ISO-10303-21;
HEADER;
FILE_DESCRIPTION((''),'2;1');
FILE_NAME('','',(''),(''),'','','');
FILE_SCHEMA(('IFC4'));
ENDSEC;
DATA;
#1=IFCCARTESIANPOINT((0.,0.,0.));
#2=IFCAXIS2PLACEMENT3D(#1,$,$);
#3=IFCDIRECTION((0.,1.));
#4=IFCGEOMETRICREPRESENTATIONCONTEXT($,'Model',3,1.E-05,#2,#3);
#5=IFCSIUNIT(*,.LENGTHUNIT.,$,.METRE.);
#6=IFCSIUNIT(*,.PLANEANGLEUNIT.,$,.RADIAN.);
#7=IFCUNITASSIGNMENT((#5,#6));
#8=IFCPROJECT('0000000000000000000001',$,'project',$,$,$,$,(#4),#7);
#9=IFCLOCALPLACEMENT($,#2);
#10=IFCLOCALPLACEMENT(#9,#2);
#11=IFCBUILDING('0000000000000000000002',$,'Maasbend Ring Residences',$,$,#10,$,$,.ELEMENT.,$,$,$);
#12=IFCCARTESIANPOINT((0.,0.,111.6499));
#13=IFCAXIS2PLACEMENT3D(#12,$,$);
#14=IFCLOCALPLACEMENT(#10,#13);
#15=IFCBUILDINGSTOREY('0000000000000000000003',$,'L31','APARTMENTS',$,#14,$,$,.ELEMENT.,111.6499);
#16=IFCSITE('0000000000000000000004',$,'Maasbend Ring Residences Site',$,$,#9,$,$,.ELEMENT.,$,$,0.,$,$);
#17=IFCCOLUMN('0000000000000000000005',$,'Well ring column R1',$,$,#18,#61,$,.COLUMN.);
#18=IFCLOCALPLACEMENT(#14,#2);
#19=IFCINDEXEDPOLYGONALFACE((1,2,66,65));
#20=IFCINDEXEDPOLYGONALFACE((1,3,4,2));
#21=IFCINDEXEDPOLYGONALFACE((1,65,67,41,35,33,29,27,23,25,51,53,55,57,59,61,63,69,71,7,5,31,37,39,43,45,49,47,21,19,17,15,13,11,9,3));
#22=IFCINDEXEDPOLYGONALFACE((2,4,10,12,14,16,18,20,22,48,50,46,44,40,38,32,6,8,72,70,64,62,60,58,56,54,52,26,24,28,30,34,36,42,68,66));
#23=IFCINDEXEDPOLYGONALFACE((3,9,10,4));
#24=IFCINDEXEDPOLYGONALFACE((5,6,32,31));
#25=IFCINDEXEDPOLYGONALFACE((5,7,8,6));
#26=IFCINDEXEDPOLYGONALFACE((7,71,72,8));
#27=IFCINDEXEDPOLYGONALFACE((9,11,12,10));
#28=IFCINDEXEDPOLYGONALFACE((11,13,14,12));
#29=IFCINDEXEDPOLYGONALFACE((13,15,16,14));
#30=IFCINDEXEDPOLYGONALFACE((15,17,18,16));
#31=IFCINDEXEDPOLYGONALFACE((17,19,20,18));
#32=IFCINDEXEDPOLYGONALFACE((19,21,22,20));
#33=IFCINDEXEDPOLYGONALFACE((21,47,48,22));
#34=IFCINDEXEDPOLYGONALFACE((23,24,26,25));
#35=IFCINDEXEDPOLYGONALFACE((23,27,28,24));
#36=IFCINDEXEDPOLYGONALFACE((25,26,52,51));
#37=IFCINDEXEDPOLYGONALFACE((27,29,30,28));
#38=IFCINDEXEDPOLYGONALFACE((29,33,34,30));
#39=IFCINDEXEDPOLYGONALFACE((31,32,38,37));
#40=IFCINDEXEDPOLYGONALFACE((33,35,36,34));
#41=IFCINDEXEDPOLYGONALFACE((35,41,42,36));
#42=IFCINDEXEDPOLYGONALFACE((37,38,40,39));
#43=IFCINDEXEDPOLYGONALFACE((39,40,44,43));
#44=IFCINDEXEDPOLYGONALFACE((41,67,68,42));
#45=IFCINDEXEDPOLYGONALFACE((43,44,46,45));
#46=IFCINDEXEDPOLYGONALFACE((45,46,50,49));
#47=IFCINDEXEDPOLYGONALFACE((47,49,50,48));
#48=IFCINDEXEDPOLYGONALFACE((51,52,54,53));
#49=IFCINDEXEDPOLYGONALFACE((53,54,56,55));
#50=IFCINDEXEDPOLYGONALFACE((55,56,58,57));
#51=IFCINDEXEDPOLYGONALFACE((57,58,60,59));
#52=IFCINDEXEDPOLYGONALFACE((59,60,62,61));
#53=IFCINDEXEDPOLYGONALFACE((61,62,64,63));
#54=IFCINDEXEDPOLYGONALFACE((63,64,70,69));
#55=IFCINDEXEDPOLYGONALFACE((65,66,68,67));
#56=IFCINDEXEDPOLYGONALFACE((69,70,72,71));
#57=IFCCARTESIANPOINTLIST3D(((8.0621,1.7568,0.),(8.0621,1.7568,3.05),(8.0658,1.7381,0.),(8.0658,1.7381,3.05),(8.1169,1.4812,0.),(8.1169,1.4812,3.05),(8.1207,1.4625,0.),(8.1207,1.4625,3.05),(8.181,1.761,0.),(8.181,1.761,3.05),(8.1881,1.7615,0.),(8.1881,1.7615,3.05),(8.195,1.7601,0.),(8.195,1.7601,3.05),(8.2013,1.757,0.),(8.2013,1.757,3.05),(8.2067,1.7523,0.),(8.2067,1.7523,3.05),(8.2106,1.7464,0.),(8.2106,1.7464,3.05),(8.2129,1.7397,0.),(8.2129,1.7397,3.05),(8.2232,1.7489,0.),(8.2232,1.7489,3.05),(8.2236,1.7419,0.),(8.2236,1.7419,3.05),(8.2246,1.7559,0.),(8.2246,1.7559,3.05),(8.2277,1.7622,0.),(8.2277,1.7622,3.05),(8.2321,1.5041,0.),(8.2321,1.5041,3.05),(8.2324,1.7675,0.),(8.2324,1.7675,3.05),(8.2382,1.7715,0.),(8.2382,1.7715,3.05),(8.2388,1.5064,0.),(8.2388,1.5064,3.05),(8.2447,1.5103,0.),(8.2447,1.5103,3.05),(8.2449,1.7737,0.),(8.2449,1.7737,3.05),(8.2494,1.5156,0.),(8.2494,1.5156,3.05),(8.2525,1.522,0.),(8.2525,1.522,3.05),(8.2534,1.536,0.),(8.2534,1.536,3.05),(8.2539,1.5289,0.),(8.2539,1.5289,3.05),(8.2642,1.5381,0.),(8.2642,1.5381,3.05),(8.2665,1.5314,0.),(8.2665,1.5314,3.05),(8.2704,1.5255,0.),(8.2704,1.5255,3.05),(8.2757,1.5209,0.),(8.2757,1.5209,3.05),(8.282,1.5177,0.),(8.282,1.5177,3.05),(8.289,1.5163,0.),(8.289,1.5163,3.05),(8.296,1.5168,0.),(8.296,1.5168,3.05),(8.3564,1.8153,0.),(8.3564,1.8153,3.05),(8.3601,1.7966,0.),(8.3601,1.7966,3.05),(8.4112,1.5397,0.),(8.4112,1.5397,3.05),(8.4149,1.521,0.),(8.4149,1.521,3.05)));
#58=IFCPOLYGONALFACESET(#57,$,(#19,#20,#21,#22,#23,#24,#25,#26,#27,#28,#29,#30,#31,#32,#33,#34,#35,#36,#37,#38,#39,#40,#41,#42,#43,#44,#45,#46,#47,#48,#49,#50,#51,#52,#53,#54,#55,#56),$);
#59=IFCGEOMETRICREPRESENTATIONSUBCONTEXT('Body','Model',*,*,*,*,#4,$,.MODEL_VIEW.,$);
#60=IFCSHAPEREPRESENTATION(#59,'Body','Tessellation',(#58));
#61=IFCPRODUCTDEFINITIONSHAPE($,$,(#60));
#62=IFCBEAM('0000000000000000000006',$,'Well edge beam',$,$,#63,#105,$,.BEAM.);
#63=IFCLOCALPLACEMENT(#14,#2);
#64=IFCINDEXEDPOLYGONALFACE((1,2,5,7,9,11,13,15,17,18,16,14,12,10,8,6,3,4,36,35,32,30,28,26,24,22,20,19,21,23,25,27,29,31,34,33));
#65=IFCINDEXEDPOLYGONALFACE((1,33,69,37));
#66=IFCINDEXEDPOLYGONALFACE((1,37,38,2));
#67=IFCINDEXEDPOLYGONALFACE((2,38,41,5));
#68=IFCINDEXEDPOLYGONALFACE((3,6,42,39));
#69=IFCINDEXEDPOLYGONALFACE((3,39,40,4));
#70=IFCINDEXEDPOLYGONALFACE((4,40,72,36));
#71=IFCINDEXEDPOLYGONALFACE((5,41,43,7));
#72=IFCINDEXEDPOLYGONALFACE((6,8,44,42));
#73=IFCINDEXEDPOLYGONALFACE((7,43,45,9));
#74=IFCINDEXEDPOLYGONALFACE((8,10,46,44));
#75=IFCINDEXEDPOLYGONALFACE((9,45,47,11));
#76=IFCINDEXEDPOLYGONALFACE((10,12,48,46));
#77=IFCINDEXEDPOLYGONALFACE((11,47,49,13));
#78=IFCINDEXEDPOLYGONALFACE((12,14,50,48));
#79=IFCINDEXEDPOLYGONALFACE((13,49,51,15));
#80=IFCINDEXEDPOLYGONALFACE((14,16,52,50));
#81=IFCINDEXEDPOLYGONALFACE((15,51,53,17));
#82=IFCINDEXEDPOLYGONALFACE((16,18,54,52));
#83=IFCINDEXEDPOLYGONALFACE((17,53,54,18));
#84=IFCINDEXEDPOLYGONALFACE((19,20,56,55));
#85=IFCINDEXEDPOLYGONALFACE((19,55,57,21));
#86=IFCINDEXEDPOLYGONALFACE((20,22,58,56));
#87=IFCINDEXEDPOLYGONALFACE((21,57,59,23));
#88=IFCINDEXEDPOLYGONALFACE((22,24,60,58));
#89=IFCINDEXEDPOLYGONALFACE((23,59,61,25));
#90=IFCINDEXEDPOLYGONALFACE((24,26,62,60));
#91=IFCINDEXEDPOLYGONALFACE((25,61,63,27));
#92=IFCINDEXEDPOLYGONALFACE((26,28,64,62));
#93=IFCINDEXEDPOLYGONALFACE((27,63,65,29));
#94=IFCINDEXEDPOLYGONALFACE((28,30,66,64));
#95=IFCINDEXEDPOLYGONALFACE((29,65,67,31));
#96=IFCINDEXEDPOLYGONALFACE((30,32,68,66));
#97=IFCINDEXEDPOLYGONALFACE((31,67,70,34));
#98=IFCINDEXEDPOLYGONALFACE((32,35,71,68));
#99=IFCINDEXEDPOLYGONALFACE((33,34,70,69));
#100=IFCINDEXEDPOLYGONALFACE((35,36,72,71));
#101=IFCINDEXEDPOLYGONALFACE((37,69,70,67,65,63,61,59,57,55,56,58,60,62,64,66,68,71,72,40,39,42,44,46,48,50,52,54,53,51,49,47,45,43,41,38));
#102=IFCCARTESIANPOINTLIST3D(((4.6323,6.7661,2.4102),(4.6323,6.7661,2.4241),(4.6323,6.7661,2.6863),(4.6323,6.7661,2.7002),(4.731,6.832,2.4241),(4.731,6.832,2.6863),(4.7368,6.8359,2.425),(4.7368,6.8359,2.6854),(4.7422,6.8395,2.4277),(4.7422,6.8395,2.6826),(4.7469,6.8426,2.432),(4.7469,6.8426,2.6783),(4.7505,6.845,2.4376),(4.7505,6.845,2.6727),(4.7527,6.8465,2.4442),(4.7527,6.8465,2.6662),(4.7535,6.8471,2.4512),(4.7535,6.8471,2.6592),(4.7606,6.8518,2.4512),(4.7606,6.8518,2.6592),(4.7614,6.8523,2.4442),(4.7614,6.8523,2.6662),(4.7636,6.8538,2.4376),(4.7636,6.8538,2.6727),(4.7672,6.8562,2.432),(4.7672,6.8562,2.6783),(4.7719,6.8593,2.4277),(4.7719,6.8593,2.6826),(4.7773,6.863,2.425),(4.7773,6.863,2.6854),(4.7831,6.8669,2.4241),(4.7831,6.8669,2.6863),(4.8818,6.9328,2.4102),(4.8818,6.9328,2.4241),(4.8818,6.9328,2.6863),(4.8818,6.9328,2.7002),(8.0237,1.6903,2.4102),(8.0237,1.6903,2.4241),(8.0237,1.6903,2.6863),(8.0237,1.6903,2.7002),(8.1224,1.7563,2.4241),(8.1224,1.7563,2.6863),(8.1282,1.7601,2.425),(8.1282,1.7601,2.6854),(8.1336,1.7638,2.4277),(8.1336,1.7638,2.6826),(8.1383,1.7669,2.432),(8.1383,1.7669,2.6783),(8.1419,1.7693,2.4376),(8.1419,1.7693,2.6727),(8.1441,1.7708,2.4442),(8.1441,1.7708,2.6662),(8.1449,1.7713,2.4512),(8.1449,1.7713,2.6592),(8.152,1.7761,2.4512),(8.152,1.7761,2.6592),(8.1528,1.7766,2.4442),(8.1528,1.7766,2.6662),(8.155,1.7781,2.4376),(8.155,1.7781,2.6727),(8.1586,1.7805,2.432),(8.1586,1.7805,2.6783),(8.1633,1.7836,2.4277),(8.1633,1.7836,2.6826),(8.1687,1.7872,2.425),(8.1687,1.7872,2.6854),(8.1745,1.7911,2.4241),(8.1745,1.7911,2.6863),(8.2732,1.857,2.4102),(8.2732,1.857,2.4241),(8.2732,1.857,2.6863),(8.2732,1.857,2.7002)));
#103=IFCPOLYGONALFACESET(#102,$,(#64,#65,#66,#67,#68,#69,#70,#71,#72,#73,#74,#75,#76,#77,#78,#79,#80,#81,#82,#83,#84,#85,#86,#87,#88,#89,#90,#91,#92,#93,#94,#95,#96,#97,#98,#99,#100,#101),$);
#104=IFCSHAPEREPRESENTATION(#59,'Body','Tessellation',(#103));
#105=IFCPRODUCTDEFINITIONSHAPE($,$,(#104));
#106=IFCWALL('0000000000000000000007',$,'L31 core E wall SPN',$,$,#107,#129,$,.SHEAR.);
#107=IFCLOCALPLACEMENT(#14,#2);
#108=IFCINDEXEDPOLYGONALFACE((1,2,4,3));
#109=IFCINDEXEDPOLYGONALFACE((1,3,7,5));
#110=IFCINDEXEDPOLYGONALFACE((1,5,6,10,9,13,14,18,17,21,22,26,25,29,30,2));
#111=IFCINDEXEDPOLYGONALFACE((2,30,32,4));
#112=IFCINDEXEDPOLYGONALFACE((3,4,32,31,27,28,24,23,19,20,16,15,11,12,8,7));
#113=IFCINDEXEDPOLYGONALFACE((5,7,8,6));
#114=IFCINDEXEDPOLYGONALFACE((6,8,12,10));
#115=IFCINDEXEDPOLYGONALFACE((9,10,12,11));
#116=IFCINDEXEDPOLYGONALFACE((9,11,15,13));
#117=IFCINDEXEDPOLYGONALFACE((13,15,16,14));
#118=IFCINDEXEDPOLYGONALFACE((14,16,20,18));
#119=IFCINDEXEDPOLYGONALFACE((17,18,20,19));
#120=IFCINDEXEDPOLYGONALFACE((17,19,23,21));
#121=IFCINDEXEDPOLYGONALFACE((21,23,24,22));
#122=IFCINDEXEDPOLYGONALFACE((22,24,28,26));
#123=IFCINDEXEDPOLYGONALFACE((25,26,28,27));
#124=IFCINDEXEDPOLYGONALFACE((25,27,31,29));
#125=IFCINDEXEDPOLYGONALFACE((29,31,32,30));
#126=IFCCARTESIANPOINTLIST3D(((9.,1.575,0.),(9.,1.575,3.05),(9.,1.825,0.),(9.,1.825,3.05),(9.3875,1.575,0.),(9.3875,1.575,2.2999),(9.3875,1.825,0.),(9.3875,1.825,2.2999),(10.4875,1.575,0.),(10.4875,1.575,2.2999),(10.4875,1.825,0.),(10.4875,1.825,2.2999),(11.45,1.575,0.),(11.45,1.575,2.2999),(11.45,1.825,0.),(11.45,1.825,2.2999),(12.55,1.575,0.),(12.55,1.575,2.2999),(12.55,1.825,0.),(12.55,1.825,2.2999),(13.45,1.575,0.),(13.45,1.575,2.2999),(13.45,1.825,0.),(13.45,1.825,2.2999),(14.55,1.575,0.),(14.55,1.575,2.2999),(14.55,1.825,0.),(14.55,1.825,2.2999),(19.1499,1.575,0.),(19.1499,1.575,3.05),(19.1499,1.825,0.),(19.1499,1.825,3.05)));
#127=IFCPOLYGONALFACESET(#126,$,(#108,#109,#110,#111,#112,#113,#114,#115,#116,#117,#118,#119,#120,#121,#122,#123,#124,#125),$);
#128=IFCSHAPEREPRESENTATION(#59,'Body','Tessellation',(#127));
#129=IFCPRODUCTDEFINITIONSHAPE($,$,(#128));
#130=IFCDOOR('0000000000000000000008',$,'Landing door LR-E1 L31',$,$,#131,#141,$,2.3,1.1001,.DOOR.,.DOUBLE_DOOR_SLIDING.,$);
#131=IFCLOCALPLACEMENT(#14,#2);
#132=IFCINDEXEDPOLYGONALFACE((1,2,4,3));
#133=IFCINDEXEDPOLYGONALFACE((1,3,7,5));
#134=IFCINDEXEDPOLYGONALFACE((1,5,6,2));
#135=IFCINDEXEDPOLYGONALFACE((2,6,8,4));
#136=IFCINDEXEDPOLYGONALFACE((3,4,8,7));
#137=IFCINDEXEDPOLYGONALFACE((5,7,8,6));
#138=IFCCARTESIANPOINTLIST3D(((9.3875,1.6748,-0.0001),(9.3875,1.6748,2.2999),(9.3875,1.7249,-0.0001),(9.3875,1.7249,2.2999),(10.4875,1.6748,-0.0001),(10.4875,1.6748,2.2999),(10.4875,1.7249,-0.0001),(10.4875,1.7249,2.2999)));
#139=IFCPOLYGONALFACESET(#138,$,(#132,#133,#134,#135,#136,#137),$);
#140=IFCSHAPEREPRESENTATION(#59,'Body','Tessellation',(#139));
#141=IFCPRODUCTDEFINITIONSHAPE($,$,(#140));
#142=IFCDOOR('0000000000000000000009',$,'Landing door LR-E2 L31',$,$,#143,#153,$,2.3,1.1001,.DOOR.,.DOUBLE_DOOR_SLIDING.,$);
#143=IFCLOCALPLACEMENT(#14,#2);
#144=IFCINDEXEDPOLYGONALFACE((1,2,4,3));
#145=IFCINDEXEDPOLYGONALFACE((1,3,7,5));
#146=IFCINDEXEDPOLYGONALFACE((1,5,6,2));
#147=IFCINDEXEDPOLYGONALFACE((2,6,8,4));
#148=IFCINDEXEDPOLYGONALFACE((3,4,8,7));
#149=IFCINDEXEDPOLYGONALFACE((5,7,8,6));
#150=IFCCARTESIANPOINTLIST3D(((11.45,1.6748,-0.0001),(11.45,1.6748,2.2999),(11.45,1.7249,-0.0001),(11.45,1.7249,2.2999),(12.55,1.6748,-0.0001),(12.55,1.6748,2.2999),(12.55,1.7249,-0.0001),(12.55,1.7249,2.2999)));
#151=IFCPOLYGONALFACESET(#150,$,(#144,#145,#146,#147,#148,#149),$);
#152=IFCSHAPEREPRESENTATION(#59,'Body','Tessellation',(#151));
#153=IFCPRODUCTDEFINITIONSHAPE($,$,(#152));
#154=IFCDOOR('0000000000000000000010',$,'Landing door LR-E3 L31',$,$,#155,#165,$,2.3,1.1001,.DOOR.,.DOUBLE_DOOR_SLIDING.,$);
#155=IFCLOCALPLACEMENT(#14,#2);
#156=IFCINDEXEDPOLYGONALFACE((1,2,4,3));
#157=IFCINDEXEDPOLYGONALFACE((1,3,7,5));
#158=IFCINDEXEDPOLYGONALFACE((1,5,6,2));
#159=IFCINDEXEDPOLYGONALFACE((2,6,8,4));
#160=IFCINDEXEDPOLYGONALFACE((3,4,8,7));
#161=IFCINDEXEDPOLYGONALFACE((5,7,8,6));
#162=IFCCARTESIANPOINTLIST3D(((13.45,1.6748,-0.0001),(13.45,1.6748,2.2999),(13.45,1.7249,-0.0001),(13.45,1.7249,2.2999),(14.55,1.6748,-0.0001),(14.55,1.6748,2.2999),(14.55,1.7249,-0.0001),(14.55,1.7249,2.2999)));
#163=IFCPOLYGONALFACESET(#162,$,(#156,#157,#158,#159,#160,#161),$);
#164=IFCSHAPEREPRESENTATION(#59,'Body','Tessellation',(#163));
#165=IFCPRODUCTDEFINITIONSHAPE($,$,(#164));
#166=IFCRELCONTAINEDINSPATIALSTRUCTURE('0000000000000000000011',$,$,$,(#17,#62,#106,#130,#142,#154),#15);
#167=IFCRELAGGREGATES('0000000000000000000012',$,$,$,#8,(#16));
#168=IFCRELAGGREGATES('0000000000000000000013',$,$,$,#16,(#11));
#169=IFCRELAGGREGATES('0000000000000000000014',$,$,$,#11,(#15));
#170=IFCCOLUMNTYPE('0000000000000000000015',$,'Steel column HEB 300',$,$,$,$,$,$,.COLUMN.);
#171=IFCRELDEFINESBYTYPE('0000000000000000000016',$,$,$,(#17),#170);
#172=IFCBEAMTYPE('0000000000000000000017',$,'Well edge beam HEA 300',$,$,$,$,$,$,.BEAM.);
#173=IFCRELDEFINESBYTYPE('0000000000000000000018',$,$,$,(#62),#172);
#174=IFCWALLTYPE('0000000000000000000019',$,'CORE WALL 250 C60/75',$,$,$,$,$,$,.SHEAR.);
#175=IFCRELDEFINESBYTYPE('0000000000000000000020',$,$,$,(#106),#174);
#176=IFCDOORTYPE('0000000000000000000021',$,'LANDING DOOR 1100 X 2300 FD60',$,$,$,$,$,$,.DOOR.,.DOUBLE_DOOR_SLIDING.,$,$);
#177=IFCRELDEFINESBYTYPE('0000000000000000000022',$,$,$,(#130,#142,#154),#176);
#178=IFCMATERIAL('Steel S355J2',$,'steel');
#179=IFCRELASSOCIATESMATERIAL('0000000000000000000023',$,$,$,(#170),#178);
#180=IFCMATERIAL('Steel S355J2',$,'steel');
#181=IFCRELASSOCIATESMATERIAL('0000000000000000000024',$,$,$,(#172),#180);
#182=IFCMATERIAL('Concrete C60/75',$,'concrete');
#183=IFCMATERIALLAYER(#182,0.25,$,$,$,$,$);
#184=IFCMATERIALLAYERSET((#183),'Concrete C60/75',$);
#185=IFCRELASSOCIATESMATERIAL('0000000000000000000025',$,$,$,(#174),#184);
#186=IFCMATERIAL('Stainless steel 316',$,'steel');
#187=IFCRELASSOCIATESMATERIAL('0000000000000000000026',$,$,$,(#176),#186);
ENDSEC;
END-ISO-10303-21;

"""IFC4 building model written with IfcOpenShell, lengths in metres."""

from ifc_helpers import new_model, si_unit, direction, frame, frame_2d, origin, origin_2d, place, context, subcontext, project, spatial, rectangle, i_section, extrude, material, layer, layer_set, material_profile, profile_set, type_object, element, fill, save


model = new_model("IFC4")

# Units and contexts
model_context = context("Model", 3, precision=1e-05, world=origin(), true_north=direction((0.0, 1.0)))
body_context = subcontext(model_context, "Body", "Model", "MODEL_VIEW")
ifc_project = project(units=[si_unit("LENGTHUNIT", "METRE"), si_unit("PLANEANGLEUNIT", "RADIAN")], contexts=[model_context])

# Site, building, storey
site_placement = place(None, origin())
site = spatial("IfcSite", under=ifc_project, at=site_placement, Name="Maasbend Ring Residences Site", CompositionType="ELEMENT", RefElevation=0.0)
building_placement = place(site_placement, origin())
building = spatial("IfcBuilding", under=site, at=building_placement, Name="Maasbend Ring Residences", CompositionType="ELEMENT")
storey_placement = place(building_placement, frame((0.0, 0.0, 111.6499)))
storey = spatial("IfcBuildingStorey", under=building, at=storey_placement, Name="L31", Description="APARTMENTS", CompositionType="ELEMENT", Elevation=111.6499)

# Column
ifc_material_1 = material(Name="Steel S355J2", Category="steel")
ifc_material_profile_1 = material_profile(ifc_material_1, i_section(OverallWidth=0.3, OverallDepth=0.3, WebThickness=0.011, FlangeThickness=0.019, FilletRadius=0.0271, at=origin_2d()), Name="HEB 300")
ifc_profile_set_1 = profile_set([ifc_material_profile_1], Name="Steel S355J2")
column_type = type_object("IfcColumnType", Name="Steel column HEB 300", PredefinedType="COLUMN", material=ifc_profile_set_1)
column_placement = place(storey_placement, frame((8.2385, 1.6389, 0.0), z_axis=(0.0, 0.0, 1.0), x_axis=(0.980785, 0.19509, 0.0)))
element("IfcColumn", 1, at=column_placement, inside=storey, type_object=column_type, Name="Well ring column R1", PredefinedType="COLUMN", context=body_context, shape_type="SweptSolid", body=[
    extrude(i_section(OverallWidth=0.3, OverallDepth=0.3, WebThickness=0.011, FlangeThickness=0.019, FilletRadius=0.0271, at=origin_2d()), origin(), (0.0, 0.0, 1.0), 3.05),
])

# Beam
ifc_material_2 = material(Name="Steel S355J2", Category="steel")
ifc_material_profile_2 = material_profile(ifc_material_2, i_section(OverallWidth=0.3, OverallDepth=0.29, WebThickness=0.0085, FlangeThickness=0.0139, FilletRadius=0.0271, at=origin_2d()), Name="HEA 300")
ifc_profile_set_2 = profile_set([ifc_material_profile_2], Name="Steel S355J2")
beam_type = type_object("IfcBeamType", Name="Well edge beam HEA 300", PredefinedType="BEAM", material=ifc_profile_set_2)
beam_placement = place(storey_placement, frame((8.1484, 1.7737, 2.5552), z_axis=(-0.555558, 0.831478, 0.0), x_axis=(-0.831478, -0.555558, 0.0)))
element("IfcBeam", 2, at=beam_placement, inside=storey, type_object=beam_type, Name="Well edge beam", PredefinedType="BEAM", context=body_context, shape_type="SweptSolid", body=[
    extrude(i_section(OverallWidth=0.3, OverallDepth=0.29, WebThickness=0.0085, FlangeThickness=0.0139, FilletRadius=0.0271, at=origin_2d()), origin(), (0.0, 0.0, 1.0), 6.1045),
])

# Wall, openings, doors
ifc_material_3 = material(Name="Concrete C60/75", Category="concrete")
ifc_layer_1 = layer(ifc_material_3, 0.25)
ifc_layer_set_1 = layer_set([ifc_layer_1], Name="Concrete C60/75")
wall_type_1 = type_object("IfcWallType", Name="CORE WALL 250 C60/75", PredefinedType="SHEAR", material=ifc_layer_set_1)
wall_1_placement = place(storey_placement, frame((9.0, 1.7, 0.0), z_axis=(0.0, 0.0, 1.0), x_axis=(1.0, 0.0, 0.0)))
wall_1 = element("IfcWall", 3, at=wall_1_placement, inside=storey, type_object=wall_type_1, Name="L31 core E wall SPN", PredefinedType="SHEAR", context=body_context, shape_type="SweptSolid", body=[
    extrude(rectangle(XDim=10.1499, YDim=0.25, at=frame_2d((5.075, 0.0))), origin(), (0.0, 0.0, 1.0), 3.05),
])
opening_1_placement = place(wall_1_placement, frame((0.3875, 0.0, 0.0)))
opening_1 = element("IfcOpeningElement", 4, at=opening_1_placement, cuts=wall_1, PredefinedType="OPENING", context=body_context, shape_type="SweptSolid", body=[
    extrude(rectangle(XDim=1.1001, YDim=2.3, at=frame_2d((0.55, 1.1499))), frame((0.0, 0.135, 0.0), z_axis=(0.0, -1.0, 0.0), x_axis=(1.0, 0.0, 0.0)), (0.0, 0.0, 1.0), 0.27),
])
opening_2_placement = place(wall_1_placement, frame((2.45, 0.0, 0.0)))
opening_2 = element("IfcOpeningElement", 5, at=opening_2_placement, cuts=wall_1, PredefinedType="OPENING", context=body_context, shape_type="SweptSolid", body=[
    extrude(rectangle(XDim=1.1001, YDim=2.3, at=frame_2d((0.55, 1.1499))), frame((0.0, 0.135, 0.0), z_axis=(0.0, -1.0, 0.0), x_axis=(1.0, 0.0, 0.0)), (0.0, 0.0, 1.0), 0.27),
])
opening_3_placement = place(wall_1_placement, frame((4.45, 0.0, 0.0)))
opening_3 = element("IfcOpeningElement", 6, at=opening_3_placement, cuts=wall_1, PredefinedType="OPENING", context=body_context, shape_type="SweptSolid", body=[
    extrude(rectangle(XDim=1.1001, YDim=2.3, at=frame_2d((0.55, 1.1499))), frame((0.0, 0.135, 0.0), z_axis=(0.0, -1.0, 0.0), x_axis=(1.0, 0.0, 0.0)), (0.0, 0.0, 1.0), 0.27),
])
ifc_material_4 = material(Name="Stainless steel 316", Category="steel")
door_type_1 = type_object("IfcDoorType", Name="LANDING DOOR 1100 X 2300 FD60", OperationType="DOUBLE_DOOR_SLIDING", PredefinedType="DOOR", material=ifc_material_4)
door_1_placement = place(opening_1_placement, origin())
door_1 = element("IfcDoor", 7, at=door_1_placement, inside=storey, type_object=door_type_1, Name="Landing door LR-E1 L31", OperationType="DOUBLE_DOOR_SLIDING", OverallHeight=2.3, OverallWidth=1.1001, PredefinedType="DOOR", context=body_context, shape_type="SweptSolid", body=[
    extrude(rectangle(XDim=1.1001, YDim=2.3, at=frame_2d((0.55, 1.1499))), frame((0.0, 0.0249, 0.0), z_axis=(0.0, -1.0, 0.0), x_axis=(1.0, 0.0, 0.0)), (0.0, 0.0, 1.0), 0.05),
])
fill(opening_1, door_1)
door_2_placement = place(opening_2_placement, origin())
door_2 = element("IfcDoor", 8, at=door_2_placement, inside=storey, type_object=door_type_1, Name="Landing door LR-E2 L31", OperationType="DOUBLE_DOOR_SLIDING", OverallHeight=2.3, OverallWidth=1.1001, PredefinedType="DOOR", context=body_context, shape_type="SweptSolid", body=[
    extrude(rectangle(XDim=1.1001, YDim=2.3, at=frame_2d((0.55, 1.1499))), frame((0.0, 0.0249, 0.0), z_axis=(0.0, -1.0, 0.0), x_axis=(1.0, 0.0, 0.0)), (0.0, 0.0, 1.0), 0.05),
])
fill(opening_2, door_2)
door_3_placement = place(opening_3_placement, origin())
door_3 = element("IfcDoor", 9, at=door_3_placement, inside=storey, type_object=door_type_1, Name="Landing door LR-E3 L31", OperationType="DOUBLE_DOOR_SLIDING", OverallHeight=2.3, OverallWidth=1.1001, PredefinedType="DOOR", context=body_context, shape_type="SweptSolid", body=[
    extrude(rectangle(XDim=1.1001, YDim=2.3, at=frame_2d((0.55, 1.1499))), frame((0.0, 0.0249, 0.0), z_axis=(0.0, -1.0, 0.0), x_axis=(1.0, 0.0, 0.0)), (0.0, 0.0, 1.0), 0.05),
])
fill(opening_3, door_3)

save(model, "model.ifc")
